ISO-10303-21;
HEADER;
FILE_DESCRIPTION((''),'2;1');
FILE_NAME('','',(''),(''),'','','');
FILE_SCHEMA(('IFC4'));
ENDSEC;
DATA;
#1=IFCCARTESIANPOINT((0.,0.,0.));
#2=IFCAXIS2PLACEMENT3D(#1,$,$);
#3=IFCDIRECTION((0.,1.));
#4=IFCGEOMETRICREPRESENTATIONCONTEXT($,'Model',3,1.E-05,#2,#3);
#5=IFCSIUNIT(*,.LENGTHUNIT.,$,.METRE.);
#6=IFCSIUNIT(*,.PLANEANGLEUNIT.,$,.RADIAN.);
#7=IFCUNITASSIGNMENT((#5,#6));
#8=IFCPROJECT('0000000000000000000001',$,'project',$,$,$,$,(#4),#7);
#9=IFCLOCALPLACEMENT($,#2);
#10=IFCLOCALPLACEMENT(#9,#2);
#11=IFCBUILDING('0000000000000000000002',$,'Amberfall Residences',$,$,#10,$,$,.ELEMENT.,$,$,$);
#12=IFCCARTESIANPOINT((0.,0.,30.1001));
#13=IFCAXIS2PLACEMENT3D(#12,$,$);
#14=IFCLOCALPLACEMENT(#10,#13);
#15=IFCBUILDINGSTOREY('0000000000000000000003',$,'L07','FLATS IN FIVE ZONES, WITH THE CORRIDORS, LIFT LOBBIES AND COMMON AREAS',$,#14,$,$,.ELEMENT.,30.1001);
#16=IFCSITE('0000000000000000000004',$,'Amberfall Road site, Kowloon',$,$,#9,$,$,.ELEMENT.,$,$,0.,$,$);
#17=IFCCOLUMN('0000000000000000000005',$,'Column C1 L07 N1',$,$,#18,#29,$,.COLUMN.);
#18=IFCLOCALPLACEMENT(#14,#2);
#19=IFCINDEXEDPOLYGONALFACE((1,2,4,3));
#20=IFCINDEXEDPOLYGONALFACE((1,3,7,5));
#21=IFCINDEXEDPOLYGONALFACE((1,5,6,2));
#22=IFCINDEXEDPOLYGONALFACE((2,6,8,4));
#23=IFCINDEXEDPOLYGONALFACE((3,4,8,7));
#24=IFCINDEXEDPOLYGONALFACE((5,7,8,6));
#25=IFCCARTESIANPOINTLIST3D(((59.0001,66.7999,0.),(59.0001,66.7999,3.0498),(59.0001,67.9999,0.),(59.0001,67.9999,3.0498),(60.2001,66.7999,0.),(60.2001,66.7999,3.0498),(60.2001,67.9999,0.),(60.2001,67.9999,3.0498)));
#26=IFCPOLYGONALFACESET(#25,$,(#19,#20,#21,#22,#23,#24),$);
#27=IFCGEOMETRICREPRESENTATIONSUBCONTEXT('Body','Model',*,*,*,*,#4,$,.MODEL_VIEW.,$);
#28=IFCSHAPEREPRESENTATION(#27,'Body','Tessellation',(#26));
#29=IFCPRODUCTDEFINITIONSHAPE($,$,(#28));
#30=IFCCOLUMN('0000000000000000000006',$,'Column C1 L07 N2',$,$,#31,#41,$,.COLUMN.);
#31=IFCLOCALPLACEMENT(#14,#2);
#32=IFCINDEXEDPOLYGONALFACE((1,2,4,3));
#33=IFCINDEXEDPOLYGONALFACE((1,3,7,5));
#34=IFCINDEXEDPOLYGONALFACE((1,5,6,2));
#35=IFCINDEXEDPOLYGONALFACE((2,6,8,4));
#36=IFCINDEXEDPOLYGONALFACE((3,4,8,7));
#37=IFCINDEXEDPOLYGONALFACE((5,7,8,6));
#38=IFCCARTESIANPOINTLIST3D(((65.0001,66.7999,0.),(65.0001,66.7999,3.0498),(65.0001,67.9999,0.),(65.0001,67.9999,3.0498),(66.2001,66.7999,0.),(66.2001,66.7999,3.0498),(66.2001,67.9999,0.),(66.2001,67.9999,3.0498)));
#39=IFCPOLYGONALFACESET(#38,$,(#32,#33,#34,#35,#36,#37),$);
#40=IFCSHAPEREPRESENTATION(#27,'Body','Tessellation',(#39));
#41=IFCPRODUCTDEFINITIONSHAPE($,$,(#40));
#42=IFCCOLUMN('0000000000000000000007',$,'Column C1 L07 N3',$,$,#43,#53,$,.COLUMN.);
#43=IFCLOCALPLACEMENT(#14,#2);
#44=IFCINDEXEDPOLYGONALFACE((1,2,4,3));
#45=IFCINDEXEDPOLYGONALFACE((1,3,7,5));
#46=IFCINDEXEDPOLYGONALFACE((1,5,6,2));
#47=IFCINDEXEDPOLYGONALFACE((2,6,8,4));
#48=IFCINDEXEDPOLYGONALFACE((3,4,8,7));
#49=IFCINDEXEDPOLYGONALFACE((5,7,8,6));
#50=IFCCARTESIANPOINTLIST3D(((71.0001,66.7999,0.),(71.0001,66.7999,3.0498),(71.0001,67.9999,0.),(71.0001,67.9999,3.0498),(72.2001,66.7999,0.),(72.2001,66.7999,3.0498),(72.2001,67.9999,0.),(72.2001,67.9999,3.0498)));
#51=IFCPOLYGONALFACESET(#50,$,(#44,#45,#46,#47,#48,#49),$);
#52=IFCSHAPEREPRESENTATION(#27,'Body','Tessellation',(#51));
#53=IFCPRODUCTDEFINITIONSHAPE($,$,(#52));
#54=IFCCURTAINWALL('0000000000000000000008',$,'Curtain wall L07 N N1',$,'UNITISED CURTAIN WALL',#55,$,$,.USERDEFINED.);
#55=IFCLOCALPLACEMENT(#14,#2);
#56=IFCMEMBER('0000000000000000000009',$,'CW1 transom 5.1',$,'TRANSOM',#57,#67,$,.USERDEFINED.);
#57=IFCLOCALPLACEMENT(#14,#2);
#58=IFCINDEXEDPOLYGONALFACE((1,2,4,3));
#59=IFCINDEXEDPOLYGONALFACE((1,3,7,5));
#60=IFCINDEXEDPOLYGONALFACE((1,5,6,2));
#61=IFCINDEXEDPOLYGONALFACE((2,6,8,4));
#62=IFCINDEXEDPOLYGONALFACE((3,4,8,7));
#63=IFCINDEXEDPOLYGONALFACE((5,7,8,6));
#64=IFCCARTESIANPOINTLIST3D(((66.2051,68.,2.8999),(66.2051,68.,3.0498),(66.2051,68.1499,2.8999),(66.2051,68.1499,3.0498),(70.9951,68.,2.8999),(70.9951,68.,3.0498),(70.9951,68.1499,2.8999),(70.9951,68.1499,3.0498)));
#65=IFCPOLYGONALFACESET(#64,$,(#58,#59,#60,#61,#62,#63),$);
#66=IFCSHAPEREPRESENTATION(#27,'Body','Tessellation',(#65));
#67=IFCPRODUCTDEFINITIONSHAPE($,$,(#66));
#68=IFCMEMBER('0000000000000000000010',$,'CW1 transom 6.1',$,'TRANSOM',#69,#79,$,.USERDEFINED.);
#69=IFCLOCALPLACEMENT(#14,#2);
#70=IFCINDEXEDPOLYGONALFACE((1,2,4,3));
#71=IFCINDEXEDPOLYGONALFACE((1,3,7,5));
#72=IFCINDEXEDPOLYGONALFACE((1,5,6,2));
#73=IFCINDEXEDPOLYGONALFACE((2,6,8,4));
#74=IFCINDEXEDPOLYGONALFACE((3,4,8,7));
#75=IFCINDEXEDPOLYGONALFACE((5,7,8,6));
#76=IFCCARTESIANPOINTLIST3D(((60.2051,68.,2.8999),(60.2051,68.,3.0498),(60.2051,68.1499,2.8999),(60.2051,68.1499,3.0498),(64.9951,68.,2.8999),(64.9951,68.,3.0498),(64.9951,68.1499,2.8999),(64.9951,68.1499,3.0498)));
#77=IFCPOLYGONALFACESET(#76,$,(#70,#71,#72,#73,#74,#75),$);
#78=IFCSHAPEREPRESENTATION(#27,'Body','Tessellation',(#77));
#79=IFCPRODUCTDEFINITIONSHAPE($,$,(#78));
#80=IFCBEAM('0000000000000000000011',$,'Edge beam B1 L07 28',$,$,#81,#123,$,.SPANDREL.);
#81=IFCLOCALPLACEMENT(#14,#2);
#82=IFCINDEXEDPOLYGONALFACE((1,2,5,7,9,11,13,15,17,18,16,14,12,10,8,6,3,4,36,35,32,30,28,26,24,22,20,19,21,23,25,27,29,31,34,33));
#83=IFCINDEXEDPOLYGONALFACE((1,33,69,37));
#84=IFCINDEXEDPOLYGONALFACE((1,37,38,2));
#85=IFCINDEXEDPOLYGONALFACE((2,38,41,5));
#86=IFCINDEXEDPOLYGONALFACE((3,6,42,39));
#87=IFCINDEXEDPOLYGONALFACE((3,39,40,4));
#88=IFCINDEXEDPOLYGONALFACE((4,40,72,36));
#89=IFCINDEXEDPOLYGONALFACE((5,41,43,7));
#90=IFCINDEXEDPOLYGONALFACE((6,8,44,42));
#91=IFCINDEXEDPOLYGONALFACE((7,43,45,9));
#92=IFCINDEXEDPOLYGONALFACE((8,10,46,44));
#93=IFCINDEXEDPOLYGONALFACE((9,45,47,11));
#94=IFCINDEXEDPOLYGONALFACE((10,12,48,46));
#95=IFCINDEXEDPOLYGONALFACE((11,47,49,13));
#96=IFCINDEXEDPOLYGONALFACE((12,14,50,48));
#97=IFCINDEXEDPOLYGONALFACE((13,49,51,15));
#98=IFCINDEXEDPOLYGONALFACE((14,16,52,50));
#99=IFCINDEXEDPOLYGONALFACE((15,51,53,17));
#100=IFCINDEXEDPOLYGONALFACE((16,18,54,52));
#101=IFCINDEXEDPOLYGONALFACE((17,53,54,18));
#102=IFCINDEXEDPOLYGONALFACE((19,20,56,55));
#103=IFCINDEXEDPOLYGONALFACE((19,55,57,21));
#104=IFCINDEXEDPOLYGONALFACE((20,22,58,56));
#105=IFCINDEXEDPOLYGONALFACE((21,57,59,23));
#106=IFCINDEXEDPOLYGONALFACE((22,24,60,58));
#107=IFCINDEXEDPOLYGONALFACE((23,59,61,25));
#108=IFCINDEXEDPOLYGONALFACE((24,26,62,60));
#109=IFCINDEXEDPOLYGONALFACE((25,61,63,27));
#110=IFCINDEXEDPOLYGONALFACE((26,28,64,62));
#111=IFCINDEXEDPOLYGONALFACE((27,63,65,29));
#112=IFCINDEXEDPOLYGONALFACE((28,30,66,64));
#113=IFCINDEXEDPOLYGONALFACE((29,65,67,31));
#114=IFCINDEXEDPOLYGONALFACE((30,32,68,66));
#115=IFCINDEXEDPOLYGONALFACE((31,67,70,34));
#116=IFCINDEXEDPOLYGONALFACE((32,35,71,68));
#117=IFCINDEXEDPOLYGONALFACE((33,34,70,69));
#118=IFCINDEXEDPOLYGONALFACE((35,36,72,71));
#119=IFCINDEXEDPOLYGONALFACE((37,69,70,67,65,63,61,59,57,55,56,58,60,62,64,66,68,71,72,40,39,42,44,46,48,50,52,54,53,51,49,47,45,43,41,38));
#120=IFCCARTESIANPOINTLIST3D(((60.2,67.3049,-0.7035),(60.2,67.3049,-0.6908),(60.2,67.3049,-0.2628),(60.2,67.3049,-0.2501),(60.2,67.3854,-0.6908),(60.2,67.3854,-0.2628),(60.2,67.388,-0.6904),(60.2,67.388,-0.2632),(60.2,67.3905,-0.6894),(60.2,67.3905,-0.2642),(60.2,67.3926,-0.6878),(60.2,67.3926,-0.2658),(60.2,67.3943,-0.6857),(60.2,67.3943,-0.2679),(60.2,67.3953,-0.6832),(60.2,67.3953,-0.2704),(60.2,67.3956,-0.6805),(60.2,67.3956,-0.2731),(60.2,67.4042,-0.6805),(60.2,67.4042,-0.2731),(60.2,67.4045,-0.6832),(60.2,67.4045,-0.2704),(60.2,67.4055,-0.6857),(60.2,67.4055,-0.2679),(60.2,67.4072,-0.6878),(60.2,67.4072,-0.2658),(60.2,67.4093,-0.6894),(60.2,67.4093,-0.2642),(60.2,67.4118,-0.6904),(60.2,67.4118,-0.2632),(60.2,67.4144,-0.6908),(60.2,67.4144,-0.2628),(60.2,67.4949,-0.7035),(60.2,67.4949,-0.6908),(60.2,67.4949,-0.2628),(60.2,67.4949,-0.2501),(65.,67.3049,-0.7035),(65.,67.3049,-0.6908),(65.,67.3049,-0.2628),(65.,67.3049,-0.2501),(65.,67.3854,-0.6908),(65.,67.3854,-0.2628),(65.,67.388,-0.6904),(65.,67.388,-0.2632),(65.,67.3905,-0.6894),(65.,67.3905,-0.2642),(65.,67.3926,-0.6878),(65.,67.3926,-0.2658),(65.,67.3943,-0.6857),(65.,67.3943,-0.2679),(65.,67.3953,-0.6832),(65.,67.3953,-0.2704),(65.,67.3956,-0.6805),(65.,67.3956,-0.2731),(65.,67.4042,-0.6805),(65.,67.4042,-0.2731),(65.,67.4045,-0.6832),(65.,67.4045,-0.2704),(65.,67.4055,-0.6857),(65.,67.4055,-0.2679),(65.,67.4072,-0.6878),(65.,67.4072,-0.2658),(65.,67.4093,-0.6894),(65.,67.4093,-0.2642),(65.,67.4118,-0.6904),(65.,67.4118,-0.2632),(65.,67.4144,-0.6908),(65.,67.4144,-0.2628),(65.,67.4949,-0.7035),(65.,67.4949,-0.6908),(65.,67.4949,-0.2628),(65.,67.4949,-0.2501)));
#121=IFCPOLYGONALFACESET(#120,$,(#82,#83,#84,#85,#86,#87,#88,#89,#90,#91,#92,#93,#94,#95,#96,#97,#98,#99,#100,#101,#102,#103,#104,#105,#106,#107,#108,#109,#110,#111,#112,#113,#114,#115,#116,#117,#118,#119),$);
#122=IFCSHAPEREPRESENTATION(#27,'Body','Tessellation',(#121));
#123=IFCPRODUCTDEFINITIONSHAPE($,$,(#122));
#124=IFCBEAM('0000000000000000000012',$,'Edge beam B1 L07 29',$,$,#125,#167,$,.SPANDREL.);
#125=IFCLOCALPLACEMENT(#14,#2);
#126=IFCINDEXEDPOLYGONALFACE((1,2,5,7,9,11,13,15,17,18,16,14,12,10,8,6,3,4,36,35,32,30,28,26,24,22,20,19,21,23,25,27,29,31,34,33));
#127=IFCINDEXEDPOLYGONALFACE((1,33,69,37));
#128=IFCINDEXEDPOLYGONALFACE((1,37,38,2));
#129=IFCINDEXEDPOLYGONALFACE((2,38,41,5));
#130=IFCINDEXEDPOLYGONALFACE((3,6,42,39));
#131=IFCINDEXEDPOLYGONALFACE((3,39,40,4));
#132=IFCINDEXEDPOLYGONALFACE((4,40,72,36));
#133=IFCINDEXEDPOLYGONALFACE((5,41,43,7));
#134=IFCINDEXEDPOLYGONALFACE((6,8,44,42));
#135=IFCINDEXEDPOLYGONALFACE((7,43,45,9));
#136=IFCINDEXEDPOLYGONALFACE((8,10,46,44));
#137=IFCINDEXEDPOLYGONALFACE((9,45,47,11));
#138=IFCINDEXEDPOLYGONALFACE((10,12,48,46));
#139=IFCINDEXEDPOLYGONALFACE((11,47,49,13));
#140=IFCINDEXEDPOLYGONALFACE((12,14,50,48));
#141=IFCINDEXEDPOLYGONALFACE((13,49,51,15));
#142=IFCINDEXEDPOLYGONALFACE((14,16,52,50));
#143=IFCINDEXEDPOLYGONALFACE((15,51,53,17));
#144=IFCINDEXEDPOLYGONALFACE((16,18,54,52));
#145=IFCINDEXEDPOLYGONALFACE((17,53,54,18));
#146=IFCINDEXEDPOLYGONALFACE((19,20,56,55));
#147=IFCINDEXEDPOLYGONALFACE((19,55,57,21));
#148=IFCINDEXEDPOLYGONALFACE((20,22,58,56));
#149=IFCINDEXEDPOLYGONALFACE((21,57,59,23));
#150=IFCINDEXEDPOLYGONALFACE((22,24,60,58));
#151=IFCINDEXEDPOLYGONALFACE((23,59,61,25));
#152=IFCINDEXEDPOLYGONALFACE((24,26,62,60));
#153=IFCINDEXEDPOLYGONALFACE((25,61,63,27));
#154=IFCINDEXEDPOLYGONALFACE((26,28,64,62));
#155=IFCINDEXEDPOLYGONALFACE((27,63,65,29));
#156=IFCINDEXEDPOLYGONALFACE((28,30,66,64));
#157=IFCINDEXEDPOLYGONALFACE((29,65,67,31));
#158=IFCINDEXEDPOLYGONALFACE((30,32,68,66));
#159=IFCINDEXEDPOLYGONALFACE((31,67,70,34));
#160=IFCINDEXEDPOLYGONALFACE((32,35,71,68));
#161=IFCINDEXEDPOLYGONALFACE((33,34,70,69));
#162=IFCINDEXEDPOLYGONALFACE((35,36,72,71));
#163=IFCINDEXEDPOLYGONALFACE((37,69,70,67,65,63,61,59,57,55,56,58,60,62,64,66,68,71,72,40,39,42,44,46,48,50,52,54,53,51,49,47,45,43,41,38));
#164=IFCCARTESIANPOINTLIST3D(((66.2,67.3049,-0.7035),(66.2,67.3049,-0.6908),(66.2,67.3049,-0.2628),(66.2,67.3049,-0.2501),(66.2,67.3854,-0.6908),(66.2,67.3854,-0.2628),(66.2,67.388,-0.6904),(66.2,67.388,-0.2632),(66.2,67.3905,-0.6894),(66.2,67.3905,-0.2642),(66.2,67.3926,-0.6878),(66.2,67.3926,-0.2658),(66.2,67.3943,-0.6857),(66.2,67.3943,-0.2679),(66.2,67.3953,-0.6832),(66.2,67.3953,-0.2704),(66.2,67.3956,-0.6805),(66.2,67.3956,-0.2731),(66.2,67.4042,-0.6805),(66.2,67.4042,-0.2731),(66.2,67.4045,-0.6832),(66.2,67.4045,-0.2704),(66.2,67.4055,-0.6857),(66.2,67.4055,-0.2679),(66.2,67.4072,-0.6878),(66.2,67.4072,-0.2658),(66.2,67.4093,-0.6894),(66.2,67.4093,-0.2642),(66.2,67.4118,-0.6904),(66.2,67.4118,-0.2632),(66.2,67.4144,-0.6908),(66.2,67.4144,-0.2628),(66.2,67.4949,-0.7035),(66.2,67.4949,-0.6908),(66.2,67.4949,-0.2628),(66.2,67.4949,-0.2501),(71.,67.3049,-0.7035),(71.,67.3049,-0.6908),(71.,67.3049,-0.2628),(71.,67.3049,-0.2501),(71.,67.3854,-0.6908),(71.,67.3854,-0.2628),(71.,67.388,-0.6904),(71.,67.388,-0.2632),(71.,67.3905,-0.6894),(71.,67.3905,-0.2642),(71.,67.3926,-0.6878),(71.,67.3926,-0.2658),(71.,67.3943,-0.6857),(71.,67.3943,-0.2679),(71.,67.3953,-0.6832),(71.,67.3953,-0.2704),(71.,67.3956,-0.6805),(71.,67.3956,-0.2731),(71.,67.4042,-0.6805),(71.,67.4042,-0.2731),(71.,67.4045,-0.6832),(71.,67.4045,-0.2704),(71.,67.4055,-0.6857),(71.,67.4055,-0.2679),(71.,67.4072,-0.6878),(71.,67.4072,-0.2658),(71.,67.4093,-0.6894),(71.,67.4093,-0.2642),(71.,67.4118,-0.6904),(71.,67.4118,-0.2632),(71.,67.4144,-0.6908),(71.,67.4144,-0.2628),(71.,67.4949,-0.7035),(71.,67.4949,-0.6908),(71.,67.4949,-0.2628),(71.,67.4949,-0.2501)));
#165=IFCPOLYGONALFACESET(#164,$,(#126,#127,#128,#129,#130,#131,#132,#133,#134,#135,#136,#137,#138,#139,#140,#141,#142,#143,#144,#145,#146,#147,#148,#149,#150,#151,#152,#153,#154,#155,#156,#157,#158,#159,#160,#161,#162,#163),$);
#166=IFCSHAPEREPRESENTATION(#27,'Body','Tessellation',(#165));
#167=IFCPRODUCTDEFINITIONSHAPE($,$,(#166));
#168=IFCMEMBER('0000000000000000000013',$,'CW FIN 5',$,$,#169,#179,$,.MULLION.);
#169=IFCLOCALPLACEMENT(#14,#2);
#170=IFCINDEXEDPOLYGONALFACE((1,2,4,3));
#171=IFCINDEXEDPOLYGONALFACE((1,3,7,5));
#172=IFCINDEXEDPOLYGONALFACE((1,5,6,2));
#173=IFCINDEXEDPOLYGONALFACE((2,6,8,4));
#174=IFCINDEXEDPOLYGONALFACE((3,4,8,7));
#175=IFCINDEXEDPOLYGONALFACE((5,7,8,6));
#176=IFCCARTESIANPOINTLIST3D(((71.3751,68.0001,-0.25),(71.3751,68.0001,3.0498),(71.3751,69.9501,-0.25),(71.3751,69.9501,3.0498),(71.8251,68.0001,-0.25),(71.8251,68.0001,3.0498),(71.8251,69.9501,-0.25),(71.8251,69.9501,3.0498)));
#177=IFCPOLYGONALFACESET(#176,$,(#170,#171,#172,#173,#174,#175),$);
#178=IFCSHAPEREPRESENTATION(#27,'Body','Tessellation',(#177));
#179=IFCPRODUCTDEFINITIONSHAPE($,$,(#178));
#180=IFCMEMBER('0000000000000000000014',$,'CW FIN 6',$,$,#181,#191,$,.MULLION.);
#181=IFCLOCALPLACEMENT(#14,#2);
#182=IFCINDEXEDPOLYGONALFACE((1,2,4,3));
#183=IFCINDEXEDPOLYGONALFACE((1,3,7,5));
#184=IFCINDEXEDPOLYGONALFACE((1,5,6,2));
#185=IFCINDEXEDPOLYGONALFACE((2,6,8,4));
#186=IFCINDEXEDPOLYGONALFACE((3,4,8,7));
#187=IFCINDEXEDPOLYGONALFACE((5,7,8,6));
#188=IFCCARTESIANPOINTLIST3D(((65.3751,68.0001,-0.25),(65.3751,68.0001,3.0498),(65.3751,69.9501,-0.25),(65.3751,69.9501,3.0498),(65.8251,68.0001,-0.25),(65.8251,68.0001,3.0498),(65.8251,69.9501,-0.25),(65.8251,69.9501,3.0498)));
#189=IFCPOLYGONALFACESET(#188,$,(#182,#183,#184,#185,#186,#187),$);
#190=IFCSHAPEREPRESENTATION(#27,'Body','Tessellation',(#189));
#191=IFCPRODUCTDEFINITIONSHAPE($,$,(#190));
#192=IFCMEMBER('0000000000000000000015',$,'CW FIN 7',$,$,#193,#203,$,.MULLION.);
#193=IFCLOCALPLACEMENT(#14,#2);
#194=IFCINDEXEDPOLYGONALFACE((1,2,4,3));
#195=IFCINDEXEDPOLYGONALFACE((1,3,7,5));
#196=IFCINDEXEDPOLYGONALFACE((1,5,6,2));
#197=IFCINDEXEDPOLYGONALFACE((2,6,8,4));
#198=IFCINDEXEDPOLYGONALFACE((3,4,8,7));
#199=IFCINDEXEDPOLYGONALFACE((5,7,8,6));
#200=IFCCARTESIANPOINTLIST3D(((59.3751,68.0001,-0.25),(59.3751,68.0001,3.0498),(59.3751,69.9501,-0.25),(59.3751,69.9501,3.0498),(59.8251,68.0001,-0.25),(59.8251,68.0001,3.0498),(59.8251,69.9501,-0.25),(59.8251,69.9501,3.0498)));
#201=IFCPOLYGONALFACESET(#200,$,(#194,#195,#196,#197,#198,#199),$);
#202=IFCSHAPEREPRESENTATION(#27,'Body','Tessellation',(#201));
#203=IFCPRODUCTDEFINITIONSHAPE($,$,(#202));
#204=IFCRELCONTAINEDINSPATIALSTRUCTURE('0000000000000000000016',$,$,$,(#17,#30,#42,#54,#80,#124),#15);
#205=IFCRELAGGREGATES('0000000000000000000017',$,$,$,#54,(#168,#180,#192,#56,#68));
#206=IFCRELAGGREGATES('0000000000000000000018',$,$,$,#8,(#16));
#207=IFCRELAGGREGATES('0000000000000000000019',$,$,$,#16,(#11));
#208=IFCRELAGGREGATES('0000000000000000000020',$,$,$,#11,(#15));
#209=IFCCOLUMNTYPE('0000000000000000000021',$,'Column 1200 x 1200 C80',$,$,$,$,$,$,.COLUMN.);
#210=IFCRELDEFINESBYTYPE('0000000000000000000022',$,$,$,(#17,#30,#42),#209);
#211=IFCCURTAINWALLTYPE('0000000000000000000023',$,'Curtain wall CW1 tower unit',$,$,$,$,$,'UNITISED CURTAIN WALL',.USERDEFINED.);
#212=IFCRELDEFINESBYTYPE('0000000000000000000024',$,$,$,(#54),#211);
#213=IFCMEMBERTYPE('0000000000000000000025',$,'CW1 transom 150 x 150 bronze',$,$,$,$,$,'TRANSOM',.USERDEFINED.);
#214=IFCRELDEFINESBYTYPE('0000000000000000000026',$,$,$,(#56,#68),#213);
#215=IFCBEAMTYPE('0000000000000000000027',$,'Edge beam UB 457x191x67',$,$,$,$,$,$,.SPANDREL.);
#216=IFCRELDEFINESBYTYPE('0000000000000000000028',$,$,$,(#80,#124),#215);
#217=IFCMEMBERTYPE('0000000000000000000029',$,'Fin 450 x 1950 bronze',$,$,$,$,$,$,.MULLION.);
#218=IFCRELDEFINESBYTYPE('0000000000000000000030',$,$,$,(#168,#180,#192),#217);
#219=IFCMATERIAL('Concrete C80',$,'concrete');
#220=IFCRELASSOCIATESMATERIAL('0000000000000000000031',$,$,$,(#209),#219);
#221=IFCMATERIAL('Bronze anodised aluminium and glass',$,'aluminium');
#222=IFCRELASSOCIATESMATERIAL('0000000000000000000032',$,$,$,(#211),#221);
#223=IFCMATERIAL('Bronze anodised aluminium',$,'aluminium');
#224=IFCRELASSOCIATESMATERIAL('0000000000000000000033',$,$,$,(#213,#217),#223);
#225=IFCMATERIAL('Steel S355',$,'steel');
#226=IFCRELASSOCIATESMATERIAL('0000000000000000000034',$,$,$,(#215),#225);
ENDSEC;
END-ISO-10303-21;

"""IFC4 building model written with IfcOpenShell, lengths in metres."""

from ifc_helpers import new_model, si_unit, direction, frame, origin, origin_2d, place, context, subcontext, project, spatial, rectangle, i_section, extrude, material, material_profile, profile_set, type_object, element, aggregate, save


model = new_model("IFC4")

# Units and contexts
model_context = context("Model", 3, precision=1e-05, world=origin(), true_north=direction((0.0, 1.0)))
body_context = subcontext(model_context, "Body", "Model", "MODEL_VIEW")
ifc_project = project(units=[si_unit("LENGTHUNIT", "METRE"), si_unit("PLANEANGLEUNIT", "RADIAN")], contexts=[model_context])

# Site, building, storey
site_placement = place(None, origin())
site = spatial("IfcSite", under=ifc_project, at=site_placement, Name="Amberfall Road site, Kowloon", CompositionType="ELEMENT", RefElevation=0.0)
building_placement = place(site_placement, origin())
building = spatial("IfcBuilding", under=site, at=building_placement, Name="Amberfall Residences", CompositionType="ELEMENT")
storey_placement = place(building_placement, frame((0.0, 0.0, 30.1001)))
storey = spatial("IfcBuildingStorey", under=building, at=storey_placement, Name="L07", Description="FLATS IN FIVE ZONES, WITH THE CORRIDORS, LIFT LOBBIES AND COMMON AREAS", CompositionType="ELEMENT", Elevation=30.1001)

# Columns
ifc_material_1 = material(Name="Concrete C80", Category="concrete")
ifc_material_profile_1 = material_profile(ifc_material_1, rectangle(XDim=1.2, YDim=1.2, at=origin_2d()), Name="Column 1200 x 1200 C80")
ifc_profile_set_1 = profile_set([ifc_material_profile_1], Name="Concrete C80")
column_type = type_object("IfcColumnType", Name="Column 1200 x 1200 C80", PredefinedType="COLUMN", material=ifc_profile_set_1)
for number, where, z_axis, x_axis, name in (
    (1, (59.6001, 67.3999, 0.0), (0.0, 0.0, 1.0), (1.0, 0.0, 0.0), "Column C1 L07 N1"),
    (2, (65.6001, 67.3999, 0.0), (0.0, 0.0, 1.0), (1.0, 0.0, 0.0), "Column C1 L07 N2"),
    (3, (71.6001, 67.3999, 0.0), (0.0, 0.0, 1.0), (1.0, 0.0, 0.0), "Column C1 L07 N3"),
):
    element("IfcColumn", number, at=place(storey_placement, frame(where, z_axis=z_axis, x_axis=x_axis)), inside=storey, type_object=column_type, Name=name, PredefinedType="COLUMN", context=body_context, shape_type="SweptSolid", body=[
        extrude(rectangle(XDim=1.2, YDim=1.2, at=origin_2d()), origin(), (0.0, 0.0, 1.0), 3.0498),
    ])

# Curtain wall, members
ifc_material_2 = material(Name="Bronze anodised aluminium and glass", Category="aluminium")
curtain_wall_type = type_object("IfcCurtainWallType", Name="Curtain wall CW1 tower unit", ElementType="UNITISED CURTAIN WALL", PredefinedType="USERDEFINED", material=ifc_material_2)
curtain_wall_placement = place(storey_placement, origin())
curtain_wall = element("IfcCurtainWall", 4, at=curtain_wall_placement, inside=storey, type_object=curtain_wall_type, Name="Curtain wall L07 N N1", ObjectType="UNITISED CURTAIN WALL", PredefinedType="USERDEFINED")
ifc_material_3 = material(Name="Bronze anodised aluminium", Category="aluminium")
ifc_material_profile_2 = material_profile(ifc_material_3, rectangle(XDim=0.1499, YDim=0.1499, at=origin_2d()), Name="CW1 transom 150 x 150 bronze")
ifc_profile_set_2 = profile_set([ifc_material_profile_2], Name="Bronze anodised aluminium")
member_type_1 = type_object("IfcMemberType", Name="CW1 transom 150 x 150 bronze", ElementType="TRANSOM", PredefinedType="USERDEFINED", material=ifc_profile_set_2)
member_1_placement = place(storey_placement, frame((70.9951, 68.075, 2.9749), z_axis=(-1.0, 0.0, 0.0), x_axis=(0.0, -1.0, 0.0)))
member_1 = element("IfcMember", 5, at=member_1_placement, type_object=member_type_1, Name="CW1 transom 5.1", ObjectType="TRANSOM", PredefinedType="USERDEFINED", context=body_context, shape_type="SweptSolid", body=[
    extrude(rectangle(XDim=0.1499, YDim=0.1499, at=origin_2d()), origin(), (0.0, 0.0, 1.0), 4.79),
])
member_2_placement = place(storey_placement, frame((64.9951, 68.075, 2.9749), z_axis=(-1.0, 0.0, 0.0), x_axis=(0.0, -1.0, 0.0)))
member_2 = element("IfcMember", 6, at=member_2_placement, type_object=member_type_1, Name="CW1 transom 6.1", ObjectType="TRANSOM", PredefinedType="USERDEFINED", context=body_context, shape_type="SweptSolid", body=[
    extrude(rectangle(XDim=0.1499, YDim=0.1499, at=origin_2d()), origin(), (0.0, 0.0, 1.0), 4.79),
])

# Beams
ifc_material_4 = material(Name="Steel S355", Category="steel")
ifc_material_profile_3 = material_profile(ifc_material_4, i_section(OverallWidth=0.1899, OverallDepth=0.4534, WebThickness=0.0085, FlangeThickness=0.0127, FilletRadius=0.0103, at=origin_2d()), Name="UB 457x191x67")
ifc_profile_set_3 = profile_set([ifc_material_profile_3], Name="Steel S355")
beam_type_1 = type_object("IfcBeamType", Name="Edge beam UB 457x191x67", PredefinedType="SPANDREL", material=ifc_profile_set_3)
for number, where, z_axis, x_axis, name in (
    (7, (60.2, 67.3999, -0.4768), (1.0, 0.0, 0.0), (0.0, 1.0, 0.0), "Edge beam B1 L07 28"),
    (8, (66.2, 67.3999, -0.4768), (1.0, 0.0, 0.0), (0.0, 1.0, 0.0), "Edge beam B1 L07 29"),
):
    element("IfcBeam", number, at=place(storey_placement, frame(where, z_axis=z_axis, x_axis=x_axis)), inside=storey, type_object=beam_type_1, Name=name, PredefinedType="SPANDREL", context=body_context, shape_type="SweptSolid", body=[
        extrude(i_section(OverallWidth=0.1899, OverallDepth=0.4534, WebThickness=0.0085, FlangeThickness=0.0127, FilletRadius=0.0103, at=origin_2d()), origin(), (0.0, 0.0, 1.0), 4.8),
    ])

# Members
ifc_material_profile_4 = material_profile(ifc_material_3, rectangle(XDim=1.95, YDim=0.45, at=origin_2d()), Name="Fin 450 x 1950 bronze")
ifc_profile_set_4 = profile_set([ifc_material_profile_4], Name="Bronze anodised aluminium")
member_type_2 = type_object("IfcMemberType", Name="Fin 450 x 1950 bronze", PredefinedType="MULLION", material=ifc_profile_set_4)
member_3_placement = place(storey_placement, frame((71.6001, 68.9751, -0.25), z_axis=(0.0, 0.0, 1.0), x_axis=(0.0, -1.0, 0.0)))
member_3 = element("IfcMember", 9, at=member_3_placement, type_object=member_type_2, Name="CW FIN 5", PredefinedType="MULLION", context=body_context, shape_type="SweptSolid", body=[
    extrude(rectangle(XDim=1.95, YDim=0.45, at=origin_2d()), origin(), (0.0, 0.0, 1.0), 3.2998),
])
member_4_placement = place(storey_placement, frame((65.6001, 68.9751, -0.25), z_axis=(0.0, 0.0, 1.0), x_axis=(0.0, -1.0, 0.0)))
member_4 = element("IfcMember", 10, at=member_4_placement, type_object=member_type_2, Name="CW FIN 6", PredefinedType="MULLION", context=body_context, shape_type="SweptSolid", body=[
    extrude(rectangle(XDim=1.95, YDim=0.45, at=origin_2d()), origin(), (0.0, 0.0, 1.0), 3.2998),
])
member_5_placement = place(storey_placement, frame((59.6001, 68.9751, -0.25), z_axis=(0.0, 0.0, 1.0), x_axis=(0.0, -1.0, 0.0)))
member_5 = element("IfcMember", 11, at=member_5_placement, type_object=member_type_2, Name="CW FIN 7", PredefinedType="MULLION", context=body_context, shape_type="SweptSolid", body=[
    extrude(rectangle(XDim=1.95, YDim=0.45, at=origin_2d()), origin(), (0.0, 0.0, 1.0), 3.2998),
])

aggregate(curtain_wall, [member_3, member_4, member_5, member_1, member_2])

save(model, "model.ifc")
